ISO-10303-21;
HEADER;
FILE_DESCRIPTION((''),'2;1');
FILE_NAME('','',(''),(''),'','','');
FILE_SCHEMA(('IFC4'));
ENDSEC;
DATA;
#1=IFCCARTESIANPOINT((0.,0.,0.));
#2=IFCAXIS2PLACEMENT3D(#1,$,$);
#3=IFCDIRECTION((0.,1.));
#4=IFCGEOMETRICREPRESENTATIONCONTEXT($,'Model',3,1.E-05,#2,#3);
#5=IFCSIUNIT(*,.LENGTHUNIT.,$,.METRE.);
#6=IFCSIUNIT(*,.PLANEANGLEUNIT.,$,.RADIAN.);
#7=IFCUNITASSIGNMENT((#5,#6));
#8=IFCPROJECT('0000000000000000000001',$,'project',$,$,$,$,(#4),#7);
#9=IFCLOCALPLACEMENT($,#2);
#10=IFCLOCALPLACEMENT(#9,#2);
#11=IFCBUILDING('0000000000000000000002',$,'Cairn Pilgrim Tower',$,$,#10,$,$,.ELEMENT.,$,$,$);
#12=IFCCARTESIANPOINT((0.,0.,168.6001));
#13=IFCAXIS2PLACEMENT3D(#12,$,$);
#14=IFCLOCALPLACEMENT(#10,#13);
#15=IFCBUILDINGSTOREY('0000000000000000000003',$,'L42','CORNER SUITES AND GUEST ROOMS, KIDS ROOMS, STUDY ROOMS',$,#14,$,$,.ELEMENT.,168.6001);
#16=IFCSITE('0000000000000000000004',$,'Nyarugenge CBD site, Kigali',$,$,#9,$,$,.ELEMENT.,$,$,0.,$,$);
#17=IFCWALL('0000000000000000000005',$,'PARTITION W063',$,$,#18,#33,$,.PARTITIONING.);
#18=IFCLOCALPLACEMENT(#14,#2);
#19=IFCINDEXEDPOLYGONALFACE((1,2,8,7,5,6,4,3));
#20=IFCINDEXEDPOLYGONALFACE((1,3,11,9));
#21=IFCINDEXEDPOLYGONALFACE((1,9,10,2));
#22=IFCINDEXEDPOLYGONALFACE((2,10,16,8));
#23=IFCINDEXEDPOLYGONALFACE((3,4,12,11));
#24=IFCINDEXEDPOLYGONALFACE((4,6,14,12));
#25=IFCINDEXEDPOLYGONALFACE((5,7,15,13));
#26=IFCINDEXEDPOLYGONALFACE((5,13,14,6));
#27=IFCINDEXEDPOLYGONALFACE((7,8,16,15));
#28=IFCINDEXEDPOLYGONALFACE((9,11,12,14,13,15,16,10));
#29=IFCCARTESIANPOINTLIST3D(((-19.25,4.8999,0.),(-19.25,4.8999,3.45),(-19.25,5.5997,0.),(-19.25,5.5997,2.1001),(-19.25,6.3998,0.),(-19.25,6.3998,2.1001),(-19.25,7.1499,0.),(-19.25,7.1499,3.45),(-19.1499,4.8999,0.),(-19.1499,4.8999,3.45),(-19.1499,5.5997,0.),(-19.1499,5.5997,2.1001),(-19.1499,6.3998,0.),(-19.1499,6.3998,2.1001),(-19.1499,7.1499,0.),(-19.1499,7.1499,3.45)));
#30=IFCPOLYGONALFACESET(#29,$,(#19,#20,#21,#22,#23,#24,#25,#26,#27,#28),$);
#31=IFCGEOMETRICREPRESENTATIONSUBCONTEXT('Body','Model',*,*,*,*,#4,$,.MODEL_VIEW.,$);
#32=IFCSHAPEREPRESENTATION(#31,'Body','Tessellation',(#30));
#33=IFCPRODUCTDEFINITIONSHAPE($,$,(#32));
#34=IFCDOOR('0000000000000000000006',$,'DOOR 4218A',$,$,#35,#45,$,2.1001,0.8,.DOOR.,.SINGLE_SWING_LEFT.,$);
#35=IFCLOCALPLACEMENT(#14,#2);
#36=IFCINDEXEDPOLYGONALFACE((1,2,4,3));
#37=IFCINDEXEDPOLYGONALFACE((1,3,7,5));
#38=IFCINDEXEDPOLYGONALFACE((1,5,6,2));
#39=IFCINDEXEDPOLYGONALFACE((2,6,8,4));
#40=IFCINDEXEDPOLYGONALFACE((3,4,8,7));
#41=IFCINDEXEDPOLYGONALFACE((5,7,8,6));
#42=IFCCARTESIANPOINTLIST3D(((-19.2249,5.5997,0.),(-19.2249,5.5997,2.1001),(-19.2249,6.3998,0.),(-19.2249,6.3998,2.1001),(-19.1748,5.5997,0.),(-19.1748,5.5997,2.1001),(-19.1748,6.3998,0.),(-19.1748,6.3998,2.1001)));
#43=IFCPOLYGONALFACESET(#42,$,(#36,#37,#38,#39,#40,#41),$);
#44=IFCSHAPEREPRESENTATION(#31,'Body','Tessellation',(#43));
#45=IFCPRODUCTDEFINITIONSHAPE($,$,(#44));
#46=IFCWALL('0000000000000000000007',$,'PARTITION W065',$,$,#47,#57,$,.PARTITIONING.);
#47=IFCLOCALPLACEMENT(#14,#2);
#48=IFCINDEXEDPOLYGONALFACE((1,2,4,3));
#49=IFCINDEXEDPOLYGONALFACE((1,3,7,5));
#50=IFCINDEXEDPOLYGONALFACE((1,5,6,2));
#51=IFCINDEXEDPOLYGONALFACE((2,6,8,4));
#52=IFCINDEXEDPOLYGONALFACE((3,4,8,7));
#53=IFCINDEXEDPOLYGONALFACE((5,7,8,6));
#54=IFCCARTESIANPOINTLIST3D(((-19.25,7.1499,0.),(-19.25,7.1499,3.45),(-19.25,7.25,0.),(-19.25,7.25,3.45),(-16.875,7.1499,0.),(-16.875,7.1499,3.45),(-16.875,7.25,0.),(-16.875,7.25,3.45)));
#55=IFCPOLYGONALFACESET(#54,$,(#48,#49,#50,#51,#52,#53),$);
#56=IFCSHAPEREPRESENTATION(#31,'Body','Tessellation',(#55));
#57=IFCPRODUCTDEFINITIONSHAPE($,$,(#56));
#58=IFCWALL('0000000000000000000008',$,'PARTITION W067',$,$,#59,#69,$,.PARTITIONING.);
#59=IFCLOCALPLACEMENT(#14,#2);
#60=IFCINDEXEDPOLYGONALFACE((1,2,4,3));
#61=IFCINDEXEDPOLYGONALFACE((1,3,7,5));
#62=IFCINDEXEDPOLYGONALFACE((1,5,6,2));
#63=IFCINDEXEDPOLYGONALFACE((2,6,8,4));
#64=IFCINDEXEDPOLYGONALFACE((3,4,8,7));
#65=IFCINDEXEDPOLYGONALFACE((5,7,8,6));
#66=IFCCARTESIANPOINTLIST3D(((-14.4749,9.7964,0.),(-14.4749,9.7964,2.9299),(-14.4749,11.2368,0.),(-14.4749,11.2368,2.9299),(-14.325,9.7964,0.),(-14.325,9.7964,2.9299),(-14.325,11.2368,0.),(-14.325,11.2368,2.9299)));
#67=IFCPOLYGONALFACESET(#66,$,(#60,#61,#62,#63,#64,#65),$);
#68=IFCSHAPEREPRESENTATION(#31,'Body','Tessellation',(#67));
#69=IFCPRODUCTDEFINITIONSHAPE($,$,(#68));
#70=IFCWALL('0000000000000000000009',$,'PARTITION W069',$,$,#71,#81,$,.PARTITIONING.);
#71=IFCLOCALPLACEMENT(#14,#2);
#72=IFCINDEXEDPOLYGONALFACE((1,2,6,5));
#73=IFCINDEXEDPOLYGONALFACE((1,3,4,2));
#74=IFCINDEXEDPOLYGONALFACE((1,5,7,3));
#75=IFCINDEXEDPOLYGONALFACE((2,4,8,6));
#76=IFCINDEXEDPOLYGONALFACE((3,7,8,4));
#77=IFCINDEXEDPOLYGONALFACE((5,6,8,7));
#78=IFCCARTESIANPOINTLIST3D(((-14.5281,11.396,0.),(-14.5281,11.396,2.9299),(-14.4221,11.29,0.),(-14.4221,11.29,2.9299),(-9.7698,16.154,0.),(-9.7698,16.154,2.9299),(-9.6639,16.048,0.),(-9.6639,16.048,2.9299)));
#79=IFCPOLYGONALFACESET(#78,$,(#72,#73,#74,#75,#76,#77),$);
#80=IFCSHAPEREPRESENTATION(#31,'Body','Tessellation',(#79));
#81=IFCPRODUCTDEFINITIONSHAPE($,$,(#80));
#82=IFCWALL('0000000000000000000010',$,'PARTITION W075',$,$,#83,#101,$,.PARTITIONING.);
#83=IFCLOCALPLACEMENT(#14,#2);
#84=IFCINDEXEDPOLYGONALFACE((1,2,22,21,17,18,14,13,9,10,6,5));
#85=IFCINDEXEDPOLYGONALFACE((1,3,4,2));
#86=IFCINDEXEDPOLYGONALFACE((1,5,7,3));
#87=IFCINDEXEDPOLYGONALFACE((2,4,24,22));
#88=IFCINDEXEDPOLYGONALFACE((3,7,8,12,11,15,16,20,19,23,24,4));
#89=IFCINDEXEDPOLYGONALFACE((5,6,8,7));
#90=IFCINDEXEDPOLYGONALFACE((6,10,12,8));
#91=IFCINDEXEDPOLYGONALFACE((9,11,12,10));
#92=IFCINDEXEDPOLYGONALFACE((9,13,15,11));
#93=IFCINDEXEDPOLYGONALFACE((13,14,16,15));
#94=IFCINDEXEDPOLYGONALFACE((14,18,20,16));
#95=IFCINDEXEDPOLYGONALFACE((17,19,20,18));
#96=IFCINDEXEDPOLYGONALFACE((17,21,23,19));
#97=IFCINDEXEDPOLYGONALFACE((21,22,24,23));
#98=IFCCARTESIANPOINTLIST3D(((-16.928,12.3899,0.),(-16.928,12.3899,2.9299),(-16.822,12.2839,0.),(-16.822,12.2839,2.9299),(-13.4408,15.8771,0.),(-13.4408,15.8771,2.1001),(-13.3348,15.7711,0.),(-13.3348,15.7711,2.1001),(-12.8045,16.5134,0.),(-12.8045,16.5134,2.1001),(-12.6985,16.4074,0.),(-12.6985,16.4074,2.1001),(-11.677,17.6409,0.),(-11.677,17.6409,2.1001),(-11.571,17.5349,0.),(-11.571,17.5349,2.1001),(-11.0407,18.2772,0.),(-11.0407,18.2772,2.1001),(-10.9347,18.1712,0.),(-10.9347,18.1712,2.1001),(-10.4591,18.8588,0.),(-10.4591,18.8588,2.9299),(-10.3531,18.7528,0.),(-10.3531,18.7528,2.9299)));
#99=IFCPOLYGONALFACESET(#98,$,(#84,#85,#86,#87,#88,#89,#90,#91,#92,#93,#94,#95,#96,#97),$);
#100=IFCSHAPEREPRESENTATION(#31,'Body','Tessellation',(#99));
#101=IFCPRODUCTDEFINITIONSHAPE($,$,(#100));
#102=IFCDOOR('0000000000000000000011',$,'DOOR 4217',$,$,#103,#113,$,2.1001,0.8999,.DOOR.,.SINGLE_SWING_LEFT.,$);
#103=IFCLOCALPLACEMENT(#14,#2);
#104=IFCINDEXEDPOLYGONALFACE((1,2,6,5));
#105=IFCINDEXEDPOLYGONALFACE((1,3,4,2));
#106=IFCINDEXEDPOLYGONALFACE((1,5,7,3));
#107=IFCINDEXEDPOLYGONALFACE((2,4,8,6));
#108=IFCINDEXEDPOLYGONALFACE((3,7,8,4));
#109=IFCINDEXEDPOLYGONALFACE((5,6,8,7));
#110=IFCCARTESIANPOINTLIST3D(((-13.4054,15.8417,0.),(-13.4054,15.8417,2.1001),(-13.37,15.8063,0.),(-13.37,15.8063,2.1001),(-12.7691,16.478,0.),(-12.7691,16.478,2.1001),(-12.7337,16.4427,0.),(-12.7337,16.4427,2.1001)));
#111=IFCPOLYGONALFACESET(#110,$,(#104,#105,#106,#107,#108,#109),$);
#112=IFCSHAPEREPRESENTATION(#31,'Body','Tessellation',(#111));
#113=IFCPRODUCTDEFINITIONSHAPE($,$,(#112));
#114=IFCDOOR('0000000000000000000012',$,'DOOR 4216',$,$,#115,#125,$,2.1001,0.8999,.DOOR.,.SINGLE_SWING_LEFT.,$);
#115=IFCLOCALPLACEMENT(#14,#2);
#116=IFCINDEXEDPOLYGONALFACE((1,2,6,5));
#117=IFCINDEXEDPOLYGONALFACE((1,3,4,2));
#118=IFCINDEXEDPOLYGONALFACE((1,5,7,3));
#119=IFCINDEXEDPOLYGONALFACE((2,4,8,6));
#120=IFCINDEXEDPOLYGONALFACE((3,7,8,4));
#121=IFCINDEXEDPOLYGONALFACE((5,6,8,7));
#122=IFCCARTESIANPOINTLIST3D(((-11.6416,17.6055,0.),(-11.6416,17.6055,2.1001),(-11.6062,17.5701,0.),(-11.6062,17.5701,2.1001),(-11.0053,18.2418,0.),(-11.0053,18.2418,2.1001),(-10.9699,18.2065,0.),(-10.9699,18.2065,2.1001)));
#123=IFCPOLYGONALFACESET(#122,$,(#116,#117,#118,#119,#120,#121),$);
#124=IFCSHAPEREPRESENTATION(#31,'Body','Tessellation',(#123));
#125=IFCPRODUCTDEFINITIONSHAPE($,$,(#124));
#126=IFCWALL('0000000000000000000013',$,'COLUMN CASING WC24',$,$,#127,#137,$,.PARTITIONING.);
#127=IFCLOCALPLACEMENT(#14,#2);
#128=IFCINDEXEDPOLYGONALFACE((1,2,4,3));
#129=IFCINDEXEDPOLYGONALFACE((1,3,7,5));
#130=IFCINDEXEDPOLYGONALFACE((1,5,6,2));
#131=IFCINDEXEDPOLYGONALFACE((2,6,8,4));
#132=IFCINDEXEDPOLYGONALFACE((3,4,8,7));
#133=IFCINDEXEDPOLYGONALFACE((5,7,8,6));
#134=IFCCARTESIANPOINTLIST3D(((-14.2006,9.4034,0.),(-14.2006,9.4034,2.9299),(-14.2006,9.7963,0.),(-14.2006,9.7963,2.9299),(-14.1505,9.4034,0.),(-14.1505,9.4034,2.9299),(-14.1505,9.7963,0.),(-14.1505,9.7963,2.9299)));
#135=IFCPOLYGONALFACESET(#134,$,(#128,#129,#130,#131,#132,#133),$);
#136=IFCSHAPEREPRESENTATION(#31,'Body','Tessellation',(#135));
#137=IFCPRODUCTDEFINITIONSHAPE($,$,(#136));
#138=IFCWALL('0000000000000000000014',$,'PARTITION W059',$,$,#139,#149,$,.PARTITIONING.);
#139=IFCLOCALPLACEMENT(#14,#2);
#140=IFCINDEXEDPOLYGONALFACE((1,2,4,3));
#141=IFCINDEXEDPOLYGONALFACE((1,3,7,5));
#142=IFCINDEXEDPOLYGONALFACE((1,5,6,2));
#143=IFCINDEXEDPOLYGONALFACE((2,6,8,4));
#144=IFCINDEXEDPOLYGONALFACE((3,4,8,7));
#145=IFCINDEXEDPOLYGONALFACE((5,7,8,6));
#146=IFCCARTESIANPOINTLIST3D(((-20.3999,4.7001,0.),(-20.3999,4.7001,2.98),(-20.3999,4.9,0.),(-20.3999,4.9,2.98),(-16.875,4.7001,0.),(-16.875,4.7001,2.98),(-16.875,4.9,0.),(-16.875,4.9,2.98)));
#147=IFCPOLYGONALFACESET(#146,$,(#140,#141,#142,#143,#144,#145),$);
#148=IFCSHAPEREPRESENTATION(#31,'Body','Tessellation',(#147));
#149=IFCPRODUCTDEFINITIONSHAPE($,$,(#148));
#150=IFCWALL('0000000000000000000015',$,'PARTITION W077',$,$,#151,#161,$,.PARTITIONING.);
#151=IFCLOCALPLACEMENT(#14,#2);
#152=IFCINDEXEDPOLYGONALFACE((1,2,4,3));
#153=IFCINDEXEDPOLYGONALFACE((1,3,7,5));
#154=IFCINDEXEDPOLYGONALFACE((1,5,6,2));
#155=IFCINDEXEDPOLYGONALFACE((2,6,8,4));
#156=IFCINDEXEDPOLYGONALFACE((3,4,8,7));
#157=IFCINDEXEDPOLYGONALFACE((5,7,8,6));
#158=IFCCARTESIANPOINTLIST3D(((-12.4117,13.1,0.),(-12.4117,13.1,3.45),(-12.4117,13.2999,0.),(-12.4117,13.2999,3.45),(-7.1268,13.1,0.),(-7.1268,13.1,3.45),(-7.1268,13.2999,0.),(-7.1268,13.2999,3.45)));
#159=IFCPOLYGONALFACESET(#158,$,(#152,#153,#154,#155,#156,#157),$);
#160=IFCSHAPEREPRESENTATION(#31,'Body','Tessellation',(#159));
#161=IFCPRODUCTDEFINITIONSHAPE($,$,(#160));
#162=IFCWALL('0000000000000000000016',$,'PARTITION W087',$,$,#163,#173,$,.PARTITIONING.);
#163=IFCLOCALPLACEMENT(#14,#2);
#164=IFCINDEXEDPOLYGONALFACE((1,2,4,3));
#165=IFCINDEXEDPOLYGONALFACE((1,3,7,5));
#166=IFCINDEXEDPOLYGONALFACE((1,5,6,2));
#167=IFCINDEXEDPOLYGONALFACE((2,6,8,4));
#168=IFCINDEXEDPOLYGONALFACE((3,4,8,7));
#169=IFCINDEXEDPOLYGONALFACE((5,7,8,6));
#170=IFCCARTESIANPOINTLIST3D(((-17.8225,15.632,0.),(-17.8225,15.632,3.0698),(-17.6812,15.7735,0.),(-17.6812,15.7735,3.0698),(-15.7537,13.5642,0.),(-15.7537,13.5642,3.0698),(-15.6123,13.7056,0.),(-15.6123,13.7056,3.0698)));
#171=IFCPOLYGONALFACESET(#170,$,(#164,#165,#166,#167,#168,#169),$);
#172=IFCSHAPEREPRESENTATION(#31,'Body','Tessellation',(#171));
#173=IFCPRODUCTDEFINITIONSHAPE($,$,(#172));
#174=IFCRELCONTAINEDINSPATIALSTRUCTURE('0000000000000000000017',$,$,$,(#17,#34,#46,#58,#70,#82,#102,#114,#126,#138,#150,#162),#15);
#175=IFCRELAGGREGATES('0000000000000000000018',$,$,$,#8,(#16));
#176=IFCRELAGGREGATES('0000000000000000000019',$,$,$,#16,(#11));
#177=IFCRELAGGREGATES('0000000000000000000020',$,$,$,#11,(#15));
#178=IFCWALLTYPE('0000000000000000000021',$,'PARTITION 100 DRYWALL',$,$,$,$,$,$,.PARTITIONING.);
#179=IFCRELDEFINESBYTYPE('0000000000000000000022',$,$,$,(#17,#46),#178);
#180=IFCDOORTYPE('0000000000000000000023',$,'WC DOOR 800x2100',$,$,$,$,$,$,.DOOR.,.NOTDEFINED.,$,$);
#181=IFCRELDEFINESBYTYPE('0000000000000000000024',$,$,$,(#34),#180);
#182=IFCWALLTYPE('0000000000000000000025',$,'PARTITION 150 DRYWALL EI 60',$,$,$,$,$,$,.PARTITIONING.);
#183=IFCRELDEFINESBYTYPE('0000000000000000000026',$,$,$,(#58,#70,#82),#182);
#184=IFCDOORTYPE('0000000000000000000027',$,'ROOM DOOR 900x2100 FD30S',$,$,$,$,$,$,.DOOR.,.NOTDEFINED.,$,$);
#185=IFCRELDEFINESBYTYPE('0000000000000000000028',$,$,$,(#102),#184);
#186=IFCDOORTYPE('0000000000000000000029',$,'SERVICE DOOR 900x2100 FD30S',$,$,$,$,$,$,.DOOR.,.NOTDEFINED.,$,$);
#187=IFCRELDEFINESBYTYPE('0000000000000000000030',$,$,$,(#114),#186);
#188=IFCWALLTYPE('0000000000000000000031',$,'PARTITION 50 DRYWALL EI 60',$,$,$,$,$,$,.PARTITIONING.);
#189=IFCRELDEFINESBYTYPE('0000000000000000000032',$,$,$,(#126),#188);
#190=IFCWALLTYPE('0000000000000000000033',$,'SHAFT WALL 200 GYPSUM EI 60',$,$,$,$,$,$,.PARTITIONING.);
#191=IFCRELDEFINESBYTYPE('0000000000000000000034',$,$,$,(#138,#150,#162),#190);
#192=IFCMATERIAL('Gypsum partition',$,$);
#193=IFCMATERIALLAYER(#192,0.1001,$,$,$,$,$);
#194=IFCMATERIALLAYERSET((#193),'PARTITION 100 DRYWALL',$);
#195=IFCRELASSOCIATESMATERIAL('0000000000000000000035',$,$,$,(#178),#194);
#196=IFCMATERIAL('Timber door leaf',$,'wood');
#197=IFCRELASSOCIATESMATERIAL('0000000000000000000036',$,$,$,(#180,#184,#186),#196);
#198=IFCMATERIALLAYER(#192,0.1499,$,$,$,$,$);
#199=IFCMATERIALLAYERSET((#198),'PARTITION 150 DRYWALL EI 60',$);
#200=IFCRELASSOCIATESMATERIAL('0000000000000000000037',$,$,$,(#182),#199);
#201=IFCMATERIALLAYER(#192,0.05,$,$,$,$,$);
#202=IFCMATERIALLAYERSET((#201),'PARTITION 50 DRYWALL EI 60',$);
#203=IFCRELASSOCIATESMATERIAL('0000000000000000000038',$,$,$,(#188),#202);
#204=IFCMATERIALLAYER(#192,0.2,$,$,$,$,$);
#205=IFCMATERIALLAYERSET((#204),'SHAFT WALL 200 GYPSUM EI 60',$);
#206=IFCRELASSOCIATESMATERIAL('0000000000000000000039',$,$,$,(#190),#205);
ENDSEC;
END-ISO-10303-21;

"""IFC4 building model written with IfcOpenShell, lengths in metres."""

from ifc_helpers import new_model, si_unit, direction, frame, frame_2d, origin, place, context, subcontext, project, spatial, rectangle, extrude, material, layer, layer_set, type_object, element, fill, save


model = new_model("IFC4")

# Units and contexts
model_context = context("Model", 3, precision=1e-05, world=origin(), true_north=direction((0.0, 1.0)))
body_context = subcontext(model_context, "Body", "Model", "MODEL_VIEW")
ifc_project = project(units=[si_unit("LENGTHUNIT", "METRE"), si_unit("PLANEANGLEUNIT", "RADIAN")], contexts=[model_context])

# Site, building, storey
site_placement = place(None, origin())
site = spatial("IfcSite", under=ifc_project, at=site_placement, Name="Nyarugenge CBD site, Kigali", CompositionType="ELEMENT", RefElevation=0.0)
building_placement = place(site_placement, origin())
building = spatial("IfcBuilding", under=site, at=building_placement, Name="Cairn Pilgrim Tower", CompositionType="ELEMENT")
storey_placement = place(building_placement, frame((0.0, 0.0, 168.6001)))
storey = spatial("IfcBuildingStorey", under=building, at=storey_placement, Name="L42", Description="CORNER SUITES AND GUEST ROOMS, KIDS ROOMS, STUDY ROOMS", CompositionType="ELEMENT", Elevation=168.6001)

# Wall, opening, door
ifc_material_1 = material(Name="Gypsum partition")
ifc_layer_1 = layer(ifc_material_1, 0.1001)
ifc_layer_set_1 = layer_set([ifc_layer_1], Name="PARTITION 100 DRYWALL")
wall_type_1 = type_object("IfcWallType", Name="PARTITION 100 DRYWALL", PredefinedType="PARTITIONING", material=ifc_layer_set_1)
wall_1_placement = place(storey_placement, frame((-19.2, 4.8999, 0.0), z_axis=(0.0, 0.0, 1.0), x_axis=(0.0, 1.0, 0.0)))
wall_1 = element("IfcWall", 1, at=wall_1_placement, inside=storey, type_object=wall_type_1, Name="PARTITION W063", PredefinedType="PARTITIONING", context=body_context, shape_type="SweptSolid", body=[
    extrude(rectangle(XDim=2.25, YDim=0.1001, at=frame_2d((1.125, 0.0))), origin(), (0.0, 0.0, 1.0), 3.45),
])
opening_1_placement = place(wall_1_placement, frame((0.7, 0.0, 0.0)))
opening_1 = element("IfcOpeningElement", 2, at=opening_1_placement, cuts=wall_1, PredefinedType="OPENING", context=body_context, shape_type="SweptSolid", body=[
    extrude(rectangle(XDim=0.8, YDim=2.1001, at=frame_2d((0.3999, 1.05))), frame((0.0, 0.0601, 0.0), z_axis=(0.0, -1.0, 0.0), x_axis=(1.0, 0.0, 0.0)), (0.0, 0.0, 1.0), 0.1201),
])
ifc_material_2 = material(Name="Timber door leaf", Category="wood")
door_type_1 = type_object("IfcDoorType", Name="WC DOOR 800x2100", OperationType="NOTDEFINED", PredefinedType="DOOR", material=ifc_material_2)
door_1_placement = place(opening_1_placement, origin())
door_1 = element("IfcDoor", 3, at=door_1_placement, inside=storey, type_object=door_type_1, Name="DOOR 4218A", OperationType="SINGLE_SWING_LEFT", OverallHeight=2.1001, OverallWidth=0.8, PredefinedType="DOOR", context=body_context, shape_type="SweptSolid", body=[
    extrude(rectangle(XDim=0.8, YDim=2.1001, at=frame_2d((0.3999, 1.05))), frame((0.0, 0.0249, 0.0), z_axis=(0.0, -1.0, 0.0), x_axis=(1.0, 0.0, 0.0)), (0.0, 0.0, 1.0), 0.05),
])
fill(opening_1, door_1)

# Walls
wall_2_placement = place(storey_placement, frame((-19.25, 7.2, 0.0), z_axis=(0.0, 0.0, 1.0), x_axis=(1.0, 0.0, 0.0)))
element("IfcWall", 4, at=wall_2_placement, inside=storey, type_object=wall_type_1, Name="PARTITION W065", PredefinedType="PARTITIONING", context=body_context, shape_type="SweptSolid", body=[
    extrude(rectangle(XDim=2.375, YDim=0.1001, at=frame_2d((1.1875, 0.0))), origin(), (0.0, 0.0, 1.0), 3.45),
])
ifc_layer_2 = layer(ifc_material_1, 0.1499)
ifc_layer_set_2 = layer_set([ifc_layer_2], Name="PARTITION 150 DRYWALL EI 60")
wall_type_2 = type_object("IfcWallType", Name="PARTITION 150 DRYWALL EI 60", PredefinedType="PARTITIONING", material=ifc_layer_set_2)
wall_3_placement = place(storey_placement, frame((-14.3999, 9.7964, 0.0), z_axis=(0.0, 0.0, 1.0), x_axis=(0.0, 1.0, 0.0)))
element("IfcWall", 5, at=wall_3_placement, inside=storey, type_object=wall_type_2, Name="PARTITION W067", PredefinedType="PARTITIONING", context=body_context, shape_type="SweptSolid", body=[
    extrude(rectangle(XDim=1.4404, YDim=0.1499, at=frame_2d((0.7202, 0.0))), origin(), (0.0, 0.0, 1.0), 2.9299),
])
wall_4_placement = place(storey_placement, frame((-14.4751, 11.343, 0.0), z_axis=(0.0, 0.0, 1.0), x_axis=(0.707125, 0.707089, 0.0)))
element("IfcWall", 6, at=wall_4_placement, inside=storey, type_object=wall_type_2, Name="PARTITION W069", PredefinedType="PARTITIONING", context=body_context, shape_type="SweptSolid", body=[
    extrude(rectangle(XDim=6.729, YDim=0.1499, at=frame_2d((3.3645, 0.0))), origin(), (0.0, 0.0, 1.0), 2.9299),
])

# Wall, openings, doors
wall_5_placement = place(storey_placement, frame((-16.875, 12.3369, 0.0), z_axis=(0.0, 0.0, 1.0), x_axis=(0.707107, 0.707107, 0.0)))
wall_5 = element("IfcWall", 7, at=wall_5_placement, inside=storey, type_object=wall_type_2, Name="PARTITION W075", PredefinedType="PARTITIONING", context=body_context, shape_type="SweptSolid", body=[
    extrude(rectangle(XDim=9.1484, YDim=0.1499, at=frame_2d((4.5742, 0.0))), origin(), (0.0, 0.0, 1.0), 2.9299),
])
opening_2_placement = place(wall_5_placement, frame((7.426, 0.0, 0.0)))
opening_2 = element("IfcOpeningElement", 8, at=opening_2_placement, cuts=wall_5, PredefinedType="OPENING", context=body_context, shape_type="SweptSolid", body=[
    extrude(rectangle(XDim=0.8999, YDim=2.1001, at=frame_2d((0.45, 1.05))), frame((0.0, 0.085, 0.0), z_axis=(0.0, -1.0, 0.0), x_axis=(1.0, 0.0, 0.0)), (0.0, 0.0, 1.0), 0.1699),
])
opening_3_placement = place(wall_5_placement, frame((4.9316, 0.0, 0.0)))
opening_3 = element("IfcOpeningElement", 9, at=opening_3_placement, cuts=wall_5, PredefinedType="OPENING", context=body_context, shape_type="SweptSolid", body=[
    extrude(rectangle(XDim=0.8999, YDim=2.1001, at=frame_2d((0.45, 1.05))), frame((0.0, 0.085, 0.0), z_axis=(0.0, -1.0, 0.0), x_axis=(1.0, 0.0, 0.0)), (0.0, 0.0, 1.0), 0.1699),
])
door_type_2 = type_object("IfcDoorType", Name="ROOM DOOR 900x2100 FD30S", OperationType="NOTDEFINED", PredefinedType="DOOR", material=ifc_material_2)
door_2_placement = place(opening_3_placement, origin())
door_2 = element("IfcDoor", 10, at=door_2_placement, inside=storey, type_object=door_type_2, Name="DOOR 4217", OperationType="SINGLE_SWING_LEFT", OverallHeight=2.1001, OverallWidth=0.8999, PredefinedType="DOOR", context=body_context, shape_type="SweptSolid", body=[
    extrude(rectangle(XDim=0.8999, YDim=2.1001, at=frame_2d((0.45, 1.05))), frame((0.0, 0.0249, 0.0), z_axis=(0.0, -1.0, 0.0), x_axis=(1.0, 0.0, 0.0)), (0.0, 0.0, 1.0), 0.05),
])
fill(opening_3, door_2)
door_type_3 = type_object("IfcDoorType", Name="SERVICE DOOR 900x2100 FD30S", OperationType="NOTDEFINED", PredefinedType="DOOR", material=ifc_material_2)
door_3_placement = place(opening_2_placement, origin())
door_3 = element("IfcDoor", 11, at=door_3_placement, inside=storey, type_object=door_type_3, Name="DOOR 4216", OperationType="SINGLE_SWING_LEFT", OverallHeight=2.1001, OverallWidth=0.8999, PredefinedType="DOOR", context=body_context, shape_type="SweptSolid", body=[
    extrude(rectangle(XDim=0.8999, YDim=2.1001, at=frame_2d((0.45, 1.05))), frame((0.0, 0.0249, 0.0), z_axis=(0.0, -1.0, 0.0), x_axis=(1.0, 0.0, 0.0)), (0.0, 0.0, 1.0), 0.05),
])
fill(opening_2, door_3)

# Walls
ifc_layer_3 = layer(ifc_material_1, 0.05)
ifc_layer_set_3 = layer_set([ifc_layer_3], Name="PARTITION 50 DRYWALL EI 60")
wall_type_3 = type_object("IfcWallType", Name="PARTITION 50 DRYWALL EI 60", PredefinedType="PARTITIONING", material=ifc_layer_set_3)
wall_6_placement = place(storey_placement, frame((-14.1755, 9.4036, 0.0), z_axis=(0.0, 0.0, 1.0), x_axis=(0.0, 1.0, 0.0)))
element("IfcWall", 12, at=wall_6_placement, inside=storey, type_object=wall_type_3, Name="COLUMN CASING WC24", PredefinedType="PARTITIONING", context=body_context, shape_type="SweptSolid", body=[
    extrude(rectangle(XDim=0.3928, YDim=0.05, at=frame_2d((0.1963, 0.0))), origin(), (0.0, 0.0, 1.0), 2.9299),
])
ifc_layer_4 = layer(ifc_material_1, 0.2)
ifc_layer_set_4 = layer_set([ifc_layer_4], Name="SHAFT WALL 200 GYPSUM EI 60")
wall_type_4 = type_object("IfcWallType", Name="SHAFT WALL 200 GYPSUM EI 60", PredefinedType="PARTITIONING", material=ifc_layer_set_4)
wall_7_placement = place(storey_placement, frame((-20.3999, 4.8, 0.0), z_axis=(0.0, 0.0, 1.0), x_axis=(1.0, 0.0, 0.0)))
element("IfcWall", 13, at=wall_7_placement, inside=storey, type_object=wall_type_4, Name="PARTITION W059", PredefinedType="PARTITIONING", context=body_context, shape_type="SweptSolid", body=[
    extrude(rectangle(XDim=3.5249, YDim=0.2, at=frame_2d((1.7625, 0.0))), origin(), (0.0, 0.0, 1.0), 2.98),
])
wall_8_placement = place(storey_placement, frame((-12.4119, 13.2, 0.0), z_axis=(0.0, 0.0, 1.0), x_axis=(1.0, 0.0, 0.0)))
element("IfcWall", 14, at=wall_8_placement, inside=storey, type_object=wall_type_4, Name="PARTITION W077", PredefinedType="PARTITIONING", context=body_context, shape_type="SweptSolid", body=[
    extrude(rectangle(XDim=5.2849, YDim=0.2, at=frame_2d((2.6426, 0.0))), origin(), (0.0, 0.0, 1.0), 3.45),
])
wall_9_placement = place(storey_placement, frame((-15.6831, 13.635, 0.0), z_axis=(0.0, 0.0, 1.0), x_axis=(-0.707274, 0.70694, 0.0)))
element("IfcWall", 15, at=wall_9_placement, inside=storey, type_object=wall_type_4, Name="PARTITION W087", PredefinedType="PARTITIONING", context=body_context, shape_type="SweptSolid", body=[
    extrude(rectangle(XDim=2.925, YDim=0.2, at=frame_2d((1.4624, 0.0))), origin(), (0.0, 0.0, 1.0), 3.0698),
])

save(model, "model.ifc")
